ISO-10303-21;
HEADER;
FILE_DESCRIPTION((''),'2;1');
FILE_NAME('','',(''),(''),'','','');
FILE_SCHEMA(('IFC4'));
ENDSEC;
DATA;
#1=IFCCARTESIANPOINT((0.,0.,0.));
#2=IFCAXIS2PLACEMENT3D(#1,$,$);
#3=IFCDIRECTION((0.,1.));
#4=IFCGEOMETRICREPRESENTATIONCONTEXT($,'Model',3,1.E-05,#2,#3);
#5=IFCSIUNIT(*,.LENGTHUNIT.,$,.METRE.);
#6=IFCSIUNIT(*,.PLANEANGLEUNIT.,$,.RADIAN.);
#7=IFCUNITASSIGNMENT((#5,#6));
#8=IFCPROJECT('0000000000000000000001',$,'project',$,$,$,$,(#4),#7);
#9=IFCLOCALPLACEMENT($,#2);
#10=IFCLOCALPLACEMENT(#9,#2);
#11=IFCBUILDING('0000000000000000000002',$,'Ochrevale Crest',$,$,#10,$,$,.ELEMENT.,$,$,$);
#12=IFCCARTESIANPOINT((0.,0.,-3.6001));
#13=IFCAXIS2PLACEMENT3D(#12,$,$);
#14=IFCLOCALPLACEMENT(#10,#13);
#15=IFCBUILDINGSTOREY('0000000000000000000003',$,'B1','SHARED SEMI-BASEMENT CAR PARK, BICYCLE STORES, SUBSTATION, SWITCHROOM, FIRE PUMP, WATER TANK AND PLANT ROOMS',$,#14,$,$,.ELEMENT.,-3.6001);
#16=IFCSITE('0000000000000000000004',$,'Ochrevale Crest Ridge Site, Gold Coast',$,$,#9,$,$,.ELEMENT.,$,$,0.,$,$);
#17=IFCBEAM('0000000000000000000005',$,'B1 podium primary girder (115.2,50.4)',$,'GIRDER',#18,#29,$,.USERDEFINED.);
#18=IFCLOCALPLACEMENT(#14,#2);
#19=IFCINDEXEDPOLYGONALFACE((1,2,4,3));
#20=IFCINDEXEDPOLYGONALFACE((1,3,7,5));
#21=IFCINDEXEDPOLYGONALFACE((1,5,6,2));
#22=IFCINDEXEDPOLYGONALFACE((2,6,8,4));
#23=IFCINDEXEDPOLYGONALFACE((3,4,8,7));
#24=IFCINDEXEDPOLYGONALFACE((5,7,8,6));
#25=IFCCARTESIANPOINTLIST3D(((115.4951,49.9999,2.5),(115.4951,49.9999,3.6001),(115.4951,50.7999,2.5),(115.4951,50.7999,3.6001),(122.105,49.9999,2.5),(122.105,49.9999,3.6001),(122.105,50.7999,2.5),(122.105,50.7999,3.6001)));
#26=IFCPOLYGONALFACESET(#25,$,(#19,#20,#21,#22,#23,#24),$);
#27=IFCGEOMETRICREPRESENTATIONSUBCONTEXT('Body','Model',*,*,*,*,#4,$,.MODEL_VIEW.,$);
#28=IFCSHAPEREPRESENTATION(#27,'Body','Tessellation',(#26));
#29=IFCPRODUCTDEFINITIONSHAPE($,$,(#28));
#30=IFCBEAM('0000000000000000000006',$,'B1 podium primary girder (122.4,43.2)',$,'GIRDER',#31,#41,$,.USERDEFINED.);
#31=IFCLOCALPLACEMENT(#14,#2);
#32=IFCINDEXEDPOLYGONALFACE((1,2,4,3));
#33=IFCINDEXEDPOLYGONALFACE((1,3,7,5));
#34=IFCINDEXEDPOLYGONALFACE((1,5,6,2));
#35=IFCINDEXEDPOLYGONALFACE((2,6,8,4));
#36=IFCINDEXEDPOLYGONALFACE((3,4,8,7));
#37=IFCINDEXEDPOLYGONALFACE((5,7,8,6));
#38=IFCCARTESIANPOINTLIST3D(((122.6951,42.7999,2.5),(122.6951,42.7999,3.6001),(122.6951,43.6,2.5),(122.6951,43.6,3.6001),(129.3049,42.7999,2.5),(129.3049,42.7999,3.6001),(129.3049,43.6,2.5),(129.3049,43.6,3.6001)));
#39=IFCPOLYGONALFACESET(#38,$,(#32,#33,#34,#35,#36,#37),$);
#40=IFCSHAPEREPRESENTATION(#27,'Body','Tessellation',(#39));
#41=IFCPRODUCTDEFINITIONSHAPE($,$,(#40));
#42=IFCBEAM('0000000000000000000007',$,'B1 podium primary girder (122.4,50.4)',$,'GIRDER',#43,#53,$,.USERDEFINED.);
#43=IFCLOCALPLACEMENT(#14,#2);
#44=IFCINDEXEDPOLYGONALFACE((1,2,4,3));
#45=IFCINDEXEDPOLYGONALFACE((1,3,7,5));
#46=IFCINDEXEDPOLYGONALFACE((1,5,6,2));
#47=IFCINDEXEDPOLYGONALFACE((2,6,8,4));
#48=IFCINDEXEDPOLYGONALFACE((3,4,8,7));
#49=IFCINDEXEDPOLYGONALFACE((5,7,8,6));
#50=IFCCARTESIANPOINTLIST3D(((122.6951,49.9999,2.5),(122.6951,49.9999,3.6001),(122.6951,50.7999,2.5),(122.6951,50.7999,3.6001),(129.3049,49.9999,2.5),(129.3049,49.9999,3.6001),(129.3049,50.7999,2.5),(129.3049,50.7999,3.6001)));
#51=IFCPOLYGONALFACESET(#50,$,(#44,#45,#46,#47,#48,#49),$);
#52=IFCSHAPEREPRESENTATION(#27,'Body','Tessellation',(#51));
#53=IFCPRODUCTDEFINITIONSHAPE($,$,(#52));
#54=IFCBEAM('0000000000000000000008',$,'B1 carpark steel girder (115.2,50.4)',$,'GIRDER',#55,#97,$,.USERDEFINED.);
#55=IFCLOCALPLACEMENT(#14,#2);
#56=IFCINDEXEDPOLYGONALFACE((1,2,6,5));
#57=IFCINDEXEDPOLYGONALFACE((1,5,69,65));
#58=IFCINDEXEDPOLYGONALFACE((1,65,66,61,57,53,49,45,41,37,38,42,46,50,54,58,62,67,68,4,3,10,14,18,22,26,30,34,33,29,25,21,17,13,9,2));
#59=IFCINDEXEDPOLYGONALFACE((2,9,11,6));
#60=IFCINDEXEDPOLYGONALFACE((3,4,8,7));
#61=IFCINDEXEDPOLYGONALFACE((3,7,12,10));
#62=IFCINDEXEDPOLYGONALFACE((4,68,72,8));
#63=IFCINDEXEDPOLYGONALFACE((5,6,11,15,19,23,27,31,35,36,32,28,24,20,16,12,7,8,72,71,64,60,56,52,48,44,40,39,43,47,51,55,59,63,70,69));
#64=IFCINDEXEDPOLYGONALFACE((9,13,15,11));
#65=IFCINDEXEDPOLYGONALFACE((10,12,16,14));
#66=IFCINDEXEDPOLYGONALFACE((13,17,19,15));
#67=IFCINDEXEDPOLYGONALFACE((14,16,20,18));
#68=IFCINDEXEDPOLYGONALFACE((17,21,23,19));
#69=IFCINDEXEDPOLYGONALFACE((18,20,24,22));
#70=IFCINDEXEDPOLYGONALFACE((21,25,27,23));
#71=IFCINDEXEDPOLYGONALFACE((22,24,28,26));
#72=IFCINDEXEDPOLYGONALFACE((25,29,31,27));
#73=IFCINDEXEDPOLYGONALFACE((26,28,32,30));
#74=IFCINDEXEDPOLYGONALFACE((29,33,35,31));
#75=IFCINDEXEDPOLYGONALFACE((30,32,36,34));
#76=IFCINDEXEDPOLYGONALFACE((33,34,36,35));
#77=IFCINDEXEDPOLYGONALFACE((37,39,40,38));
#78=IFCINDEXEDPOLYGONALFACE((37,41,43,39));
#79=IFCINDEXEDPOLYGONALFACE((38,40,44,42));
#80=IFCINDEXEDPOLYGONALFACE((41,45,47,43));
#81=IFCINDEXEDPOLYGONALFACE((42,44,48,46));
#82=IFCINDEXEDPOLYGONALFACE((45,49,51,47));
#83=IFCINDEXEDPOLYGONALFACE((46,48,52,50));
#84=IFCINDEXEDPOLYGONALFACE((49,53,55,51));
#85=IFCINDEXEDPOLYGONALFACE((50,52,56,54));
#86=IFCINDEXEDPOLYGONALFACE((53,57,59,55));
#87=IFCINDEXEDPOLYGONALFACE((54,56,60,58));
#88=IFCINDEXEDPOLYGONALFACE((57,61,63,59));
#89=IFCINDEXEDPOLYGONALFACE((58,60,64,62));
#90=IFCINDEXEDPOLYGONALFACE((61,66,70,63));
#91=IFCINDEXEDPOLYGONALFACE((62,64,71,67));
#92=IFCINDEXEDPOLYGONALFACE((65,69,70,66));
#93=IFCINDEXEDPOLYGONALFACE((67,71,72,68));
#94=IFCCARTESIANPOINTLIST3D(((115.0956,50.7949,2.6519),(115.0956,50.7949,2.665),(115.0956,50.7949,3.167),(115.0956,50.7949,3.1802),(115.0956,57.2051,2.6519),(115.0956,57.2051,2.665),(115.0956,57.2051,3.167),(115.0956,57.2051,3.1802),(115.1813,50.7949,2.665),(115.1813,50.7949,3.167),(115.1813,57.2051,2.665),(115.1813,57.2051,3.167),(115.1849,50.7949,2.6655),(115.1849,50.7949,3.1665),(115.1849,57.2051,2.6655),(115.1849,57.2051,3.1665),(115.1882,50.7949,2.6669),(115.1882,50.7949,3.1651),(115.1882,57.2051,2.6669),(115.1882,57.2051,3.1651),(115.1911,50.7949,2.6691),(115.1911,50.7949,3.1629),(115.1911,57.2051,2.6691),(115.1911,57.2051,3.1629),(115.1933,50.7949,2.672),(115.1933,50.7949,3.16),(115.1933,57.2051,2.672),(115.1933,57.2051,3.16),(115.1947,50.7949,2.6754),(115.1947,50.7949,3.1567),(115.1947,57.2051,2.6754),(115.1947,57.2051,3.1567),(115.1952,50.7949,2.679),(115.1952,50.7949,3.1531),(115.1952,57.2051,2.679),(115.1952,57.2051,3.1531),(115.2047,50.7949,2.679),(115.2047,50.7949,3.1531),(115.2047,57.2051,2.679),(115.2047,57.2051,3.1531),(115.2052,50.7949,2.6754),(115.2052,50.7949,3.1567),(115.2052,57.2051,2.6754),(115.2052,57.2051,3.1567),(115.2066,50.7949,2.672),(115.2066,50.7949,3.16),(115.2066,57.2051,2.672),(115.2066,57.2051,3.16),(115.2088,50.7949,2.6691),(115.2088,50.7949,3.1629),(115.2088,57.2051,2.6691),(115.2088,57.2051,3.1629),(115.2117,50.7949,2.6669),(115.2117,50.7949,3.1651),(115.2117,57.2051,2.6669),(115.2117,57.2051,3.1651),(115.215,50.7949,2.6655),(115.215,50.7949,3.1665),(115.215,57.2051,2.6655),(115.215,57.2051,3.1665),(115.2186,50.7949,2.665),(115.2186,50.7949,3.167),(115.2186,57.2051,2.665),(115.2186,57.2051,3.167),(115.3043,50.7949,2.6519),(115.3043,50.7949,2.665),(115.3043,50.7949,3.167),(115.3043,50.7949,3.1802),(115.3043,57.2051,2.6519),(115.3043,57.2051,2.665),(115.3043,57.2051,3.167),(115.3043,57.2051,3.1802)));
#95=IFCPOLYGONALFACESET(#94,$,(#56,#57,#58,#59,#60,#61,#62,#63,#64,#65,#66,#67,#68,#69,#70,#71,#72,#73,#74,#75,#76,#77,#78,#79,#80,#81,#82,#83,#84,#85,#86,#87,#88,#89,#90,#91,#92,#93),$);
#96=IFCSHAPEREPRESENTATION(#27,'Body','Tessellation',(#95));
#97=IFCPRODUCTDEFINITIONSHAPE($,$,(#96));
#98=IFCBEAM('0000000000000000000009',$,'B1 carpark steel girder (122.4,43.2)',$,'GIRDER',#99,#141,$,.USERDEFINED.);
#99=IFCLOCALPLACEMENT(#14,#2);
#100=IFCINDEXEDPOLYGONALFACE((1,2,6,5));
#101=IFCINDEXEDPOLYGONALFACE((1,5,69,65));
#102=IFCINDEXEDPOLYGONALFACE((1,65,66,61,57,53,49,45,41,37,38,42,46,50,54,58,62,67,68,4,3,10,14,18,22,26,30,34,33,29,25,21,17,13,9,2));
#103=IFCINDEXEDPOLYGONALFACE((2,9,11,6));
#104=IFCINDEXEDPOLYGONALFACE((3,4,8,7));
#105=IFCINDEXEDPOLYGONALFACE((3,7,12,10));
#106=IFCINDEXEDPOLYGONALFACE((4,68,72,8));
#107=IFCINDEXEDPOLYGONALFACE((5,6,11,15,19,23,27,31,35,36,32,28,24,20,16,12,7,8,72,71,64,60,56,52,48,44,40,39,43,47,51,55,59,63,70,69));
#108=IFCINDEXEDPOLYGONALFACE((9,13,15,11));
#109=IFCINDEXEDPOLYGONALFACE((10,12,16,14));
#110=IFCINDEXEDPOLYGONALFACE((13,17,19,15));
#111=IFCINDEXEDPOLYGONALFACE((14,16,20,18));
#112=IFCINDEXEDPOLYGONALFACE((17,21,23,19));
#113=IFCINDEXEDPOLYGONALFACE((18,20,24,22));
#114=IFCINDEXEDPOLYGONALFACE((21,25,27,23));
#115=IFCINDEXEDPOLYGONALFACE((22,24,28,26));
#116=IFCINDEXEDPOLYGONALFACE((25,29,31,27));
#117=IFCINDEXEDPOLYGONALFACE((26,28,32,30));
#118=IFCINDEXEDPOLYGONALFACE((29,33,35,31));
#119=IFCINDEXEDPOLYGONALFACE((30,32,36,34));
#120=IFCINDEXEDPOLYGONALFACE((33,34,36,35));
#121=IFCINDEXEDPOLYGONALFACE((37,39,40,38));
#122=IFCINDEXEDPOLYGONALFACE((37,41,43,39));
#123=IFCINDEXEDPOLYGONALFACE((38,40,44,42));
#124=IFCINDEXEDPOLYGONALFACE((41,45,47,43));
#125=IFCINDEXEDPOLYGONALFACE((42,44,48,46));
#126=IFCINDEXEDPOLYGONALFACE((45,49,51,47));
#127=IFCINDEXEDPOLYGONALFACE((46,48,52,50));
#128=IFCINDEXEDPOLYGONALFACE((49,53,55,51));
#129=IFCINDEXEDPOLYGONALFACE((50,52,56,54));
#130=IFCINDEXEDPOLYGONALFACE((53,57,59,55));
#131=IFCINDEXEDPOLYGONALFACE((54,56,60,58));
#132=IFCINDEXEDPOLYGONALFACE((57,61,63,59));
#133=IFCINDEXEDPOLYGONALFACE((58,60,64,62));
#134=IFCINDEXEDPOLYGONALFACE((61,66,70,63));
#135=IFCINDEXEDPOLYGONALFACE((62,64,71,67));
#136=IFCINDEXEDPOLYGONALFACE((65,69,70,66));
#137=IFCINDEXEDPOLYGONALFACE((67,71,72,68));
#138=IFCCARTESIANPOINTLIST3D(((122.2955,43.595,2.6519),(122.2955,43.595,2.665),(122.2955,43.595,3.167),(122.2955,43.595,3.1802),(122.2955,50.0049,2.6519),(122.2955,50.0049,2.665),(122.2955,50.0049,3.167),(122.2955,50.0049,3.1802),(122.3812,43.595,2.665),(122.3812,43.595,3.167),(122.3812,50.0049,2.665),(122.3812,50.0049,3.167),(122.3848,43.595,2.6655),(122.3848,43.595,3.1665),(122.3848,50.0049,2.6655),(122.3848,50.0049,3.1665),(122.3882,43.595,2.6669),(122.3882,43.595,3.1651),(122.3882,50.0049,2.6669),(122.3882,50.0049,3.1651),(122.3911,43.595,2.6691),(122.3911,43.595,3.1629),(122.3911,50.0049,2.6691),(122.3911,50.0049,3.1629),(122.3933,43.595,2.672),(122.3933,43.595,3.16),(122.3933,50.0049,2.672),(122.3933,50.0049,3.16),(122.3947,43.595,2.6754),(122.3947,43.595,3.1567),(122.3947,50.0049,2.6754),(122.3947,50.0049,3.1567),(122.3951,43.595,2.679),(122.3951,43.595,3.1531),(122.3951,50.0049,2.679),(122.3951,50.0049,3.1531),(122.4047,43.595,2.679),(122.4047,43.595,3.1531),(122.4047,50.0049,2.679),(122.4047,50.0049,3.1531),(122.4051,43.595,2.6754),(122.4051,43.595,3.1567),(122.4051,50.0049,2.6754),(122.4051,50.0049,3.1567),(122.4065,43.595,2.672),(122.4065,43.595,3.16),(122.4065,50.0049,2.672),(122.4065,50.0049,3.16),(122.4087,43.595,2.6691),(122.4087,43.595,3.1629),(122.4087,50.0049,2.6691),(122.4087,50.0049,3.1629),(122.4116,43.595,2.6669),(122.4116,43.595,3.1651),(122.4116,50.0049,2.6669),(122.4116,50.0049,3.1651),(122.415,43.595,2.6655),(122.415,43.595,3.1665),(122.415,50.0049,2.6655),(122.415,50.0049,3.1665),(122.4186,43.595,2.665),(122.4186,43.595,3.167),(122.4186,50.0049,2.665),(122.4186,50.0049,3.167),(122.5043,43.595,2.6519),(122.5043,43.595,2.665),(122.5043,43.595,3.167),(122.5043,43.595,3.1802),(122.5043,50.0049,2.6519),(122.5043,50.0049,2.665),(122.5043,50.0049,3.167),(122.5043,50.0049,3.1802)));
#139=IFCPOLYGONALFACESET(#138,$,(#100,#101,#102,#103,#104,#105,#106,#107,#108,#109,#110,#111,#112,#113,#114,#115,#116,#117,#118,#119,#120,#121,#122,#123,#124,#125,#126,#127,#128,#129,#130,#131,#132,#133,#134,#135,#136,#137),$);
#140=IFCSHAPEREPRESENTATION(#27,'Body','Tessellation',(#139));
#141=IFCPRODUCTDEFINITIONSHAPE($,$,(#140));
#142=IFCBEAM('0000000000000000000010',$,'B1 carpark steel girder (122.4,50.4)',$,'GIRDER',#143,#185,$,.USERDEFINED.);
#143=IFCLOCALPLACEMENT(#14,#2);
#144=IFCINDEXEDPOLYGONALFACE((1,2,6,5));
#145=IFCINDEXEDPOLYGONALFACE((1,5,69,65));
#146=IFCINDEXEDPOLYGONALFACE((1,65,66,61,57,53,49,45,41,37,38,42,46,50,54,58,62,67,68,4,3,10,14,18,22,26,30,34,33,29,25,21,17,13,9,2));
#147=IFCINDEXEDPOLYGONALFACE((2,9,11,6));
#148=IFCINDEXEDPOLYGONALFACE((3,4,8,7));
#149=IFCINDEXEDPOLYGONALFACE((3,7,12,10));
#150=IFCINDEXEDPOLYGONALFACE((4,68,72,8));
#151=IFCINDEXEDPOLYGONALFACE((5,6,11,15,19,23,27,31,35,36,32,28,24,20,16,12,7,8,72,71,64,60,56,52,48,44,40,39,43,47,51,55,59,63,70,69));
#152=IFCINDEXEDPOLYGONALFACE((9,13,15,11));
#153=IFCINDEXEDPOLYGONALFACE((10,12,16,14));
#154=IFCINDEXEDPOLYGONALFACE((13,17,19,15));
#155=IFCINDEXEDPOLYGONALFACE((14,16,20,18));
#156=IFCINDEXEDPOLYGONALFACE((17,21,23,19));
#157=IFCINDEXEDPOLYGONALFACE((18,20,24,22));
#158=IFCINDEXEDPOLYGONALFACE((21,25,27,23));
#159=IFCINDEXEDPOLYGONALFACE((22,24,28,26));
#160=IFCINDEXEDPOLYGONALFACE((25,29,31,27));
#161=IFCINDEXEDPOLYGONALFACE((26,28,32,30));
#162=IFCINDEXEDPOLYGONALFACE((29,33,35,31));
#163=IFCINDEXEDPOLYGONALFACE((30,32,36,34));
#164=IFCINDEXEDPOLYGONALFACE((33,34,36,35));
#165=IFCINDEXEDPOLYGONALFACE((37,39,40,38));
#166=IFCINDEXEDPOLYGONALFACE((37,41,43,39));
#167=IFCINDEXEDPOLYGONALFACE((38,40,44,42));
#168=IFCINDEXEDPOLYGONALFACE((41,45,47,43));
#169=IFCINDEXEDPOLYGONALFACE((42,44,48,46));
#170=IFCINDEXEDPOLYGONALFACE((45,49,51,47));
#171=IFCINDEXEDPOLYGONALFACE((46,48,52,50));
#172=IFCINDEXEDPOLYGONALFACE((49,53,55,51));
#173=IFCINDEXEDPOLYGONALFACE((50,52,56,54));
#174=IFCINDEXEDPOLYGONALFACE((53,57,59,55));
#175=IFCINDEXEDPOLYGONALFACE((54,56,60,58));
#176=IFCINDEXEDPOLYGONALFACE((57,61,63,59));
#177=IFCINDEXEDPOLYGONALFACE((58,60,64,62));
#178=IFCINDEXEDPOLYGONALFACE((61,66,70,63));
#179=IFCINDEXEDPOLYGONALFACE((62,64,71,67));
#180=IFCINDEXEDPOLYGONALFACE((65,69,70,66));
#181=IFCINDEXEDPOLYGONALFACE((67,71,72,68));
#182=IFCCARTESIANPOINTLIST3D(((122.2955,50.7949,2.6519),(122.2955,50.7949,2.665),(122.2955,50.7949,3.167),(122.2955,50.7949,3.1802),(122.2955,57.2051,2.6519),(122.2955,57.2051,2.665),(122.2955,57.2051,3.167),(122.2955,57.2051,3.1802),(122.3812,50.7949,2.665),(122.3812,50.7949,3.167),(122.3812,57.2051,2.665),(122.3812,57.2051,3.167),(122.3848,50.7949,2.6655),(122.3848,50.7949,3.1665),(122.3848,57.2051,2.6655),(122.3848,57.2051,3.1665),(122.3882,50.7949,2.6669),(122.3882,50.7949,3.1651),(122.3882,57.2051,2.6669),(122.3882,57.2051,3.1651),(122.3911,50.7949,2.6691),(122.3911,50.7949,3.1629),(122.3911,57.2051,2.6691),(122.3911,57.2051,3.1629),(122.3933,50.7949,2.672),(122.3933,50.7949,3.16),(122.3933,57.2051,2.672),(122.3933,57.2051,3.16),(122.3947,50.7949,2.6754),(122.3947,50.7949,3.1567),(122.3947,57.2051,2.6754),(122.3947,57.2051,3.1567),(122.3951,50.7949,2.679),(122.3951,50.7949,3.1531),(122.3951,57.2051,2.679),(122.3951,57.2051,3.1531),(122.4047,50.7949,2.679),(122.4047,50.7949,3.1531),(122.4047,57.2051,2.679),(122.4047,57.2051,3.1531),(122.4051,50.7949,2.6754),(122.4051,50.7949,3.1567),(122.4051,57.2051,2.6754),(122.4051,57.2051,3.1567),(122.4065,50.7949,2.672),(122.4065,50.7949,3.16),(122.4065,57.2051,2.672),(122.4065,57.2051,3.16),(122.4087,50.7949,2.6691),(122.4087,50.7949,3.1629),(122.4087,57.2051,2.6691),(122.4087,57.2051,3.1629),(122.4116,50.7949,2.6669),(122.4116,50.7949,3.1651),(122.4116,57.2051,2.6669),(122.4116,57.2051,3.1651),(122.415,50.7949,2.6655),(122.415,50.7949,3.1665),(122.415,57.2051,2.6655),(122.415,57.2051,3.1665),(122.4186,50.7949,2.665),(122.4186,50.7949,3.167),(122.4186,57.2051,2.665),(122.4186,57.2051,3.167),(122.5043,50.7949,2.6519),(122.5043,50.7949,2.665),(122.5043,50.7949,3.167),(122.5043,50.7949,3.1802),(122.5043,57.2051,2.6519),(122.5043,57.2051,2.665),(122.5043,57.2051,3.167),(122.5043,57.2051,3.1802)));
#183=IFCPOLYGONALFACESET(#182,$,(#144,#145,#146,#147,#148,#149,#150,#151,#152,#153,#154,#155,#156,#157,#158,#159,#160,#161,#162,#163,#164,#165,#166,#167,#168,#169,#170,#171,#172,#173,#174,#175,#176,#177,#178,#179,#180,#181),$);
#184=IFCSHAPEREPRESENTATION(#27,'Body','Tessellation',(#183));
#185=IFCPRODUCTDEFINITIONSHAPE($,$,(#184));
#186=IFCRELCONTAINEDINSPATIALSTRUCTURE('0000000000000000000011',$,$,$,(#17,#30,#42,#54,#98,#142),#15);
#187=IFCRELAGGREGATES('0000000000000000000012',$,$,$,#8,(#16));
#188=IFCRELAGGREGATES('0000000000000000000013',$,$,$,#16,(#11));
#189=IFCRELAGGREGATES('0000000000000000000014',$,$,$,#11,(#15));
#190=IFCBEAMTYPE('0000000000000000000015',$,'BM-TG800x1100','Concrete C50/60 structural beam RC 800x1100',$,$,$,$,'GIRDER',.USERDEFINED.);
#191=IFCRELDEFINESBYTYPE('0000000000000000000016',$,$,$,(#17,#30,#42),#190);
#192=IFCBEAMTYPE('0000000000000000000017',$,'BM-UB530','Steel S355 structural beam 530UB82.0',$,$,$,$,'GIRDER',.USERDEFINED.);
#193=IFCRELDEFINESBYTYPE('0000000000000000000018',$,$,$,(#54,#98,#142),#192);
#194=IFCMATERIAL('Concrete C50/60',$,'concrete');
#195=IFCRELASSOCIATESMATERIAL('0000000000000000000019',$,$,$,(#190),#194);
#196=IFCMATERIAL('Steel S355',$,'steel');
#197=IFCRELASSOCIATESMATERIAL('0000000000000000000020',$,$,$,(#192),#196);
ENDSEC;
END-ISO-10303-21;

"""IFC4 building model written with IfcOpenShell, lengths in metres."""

from ifc_helpers import new_model, si_unit, direction, frame, origin, origin_2d, place, context, subcontext, project, spatial, rectangle, i_section, extrude, material, material_profile, profile_set, type_object, element, save


model = new_model("IFC4")

# Units and contexts
model_context = context("Model", 3, precision=1e-05, world=origin(), true_north=direction((0.0, 1.0)))
body_context = subcontext(model_context, "Body", "Model", "MODEL_VIEW")
ifc_project = project(units=[si_unit("LENGTHUNIT", "METRE"), si_unit("PLANEANGLEUNIT", "RADIAN")], contexts=[model_context])

# Site, building, storey
site_placement = place(None, origin())
site = spatial("IfcSite", under=ifc_project, at=site_placement, Name="Ochrevale Crest Ridge Site, Gold Coast", CompositionType="ELEMENT", RefElevation=0.0)
building_placement = place(site_placement, origin())
building = spatial("IfcBuilding", under=site, at=building_placement, Name="Ochrevale Crest", CompositionType="ELEMENT")
storey_placement = place(building_placement, frame((0.0, 0.0, -3.6001)))
storey = spatial("IfcBuildingStorey", under=building, at=storey_placement, Name="B1", Description="SHARED SEMI-BASEMENT CAR PARK, BICYCLE STORES, SUBSTATION, SWITCHROOM, FIRE PUMP, WATER TANK AND PLANT ROOMS", CompositionType="ELEMENT", Elevation=-3.6001)

# Shared definitions
ifc_material_1 = material(Name="Concrete C50/60", Category="concrete")

# Beams
ifc_material_profile_1 = material_profile(ifc_material_1, rectangle(XDim=0.8, YDim=1.1001, at=origin_2d()), Name="RC 800x1100")
ifc_profile_set_1 = profile_set([ifc_material_profile_1], Name="Concrete C50/60")
beam_type_1 = type_object("IfcBeamType", Name="BM-TG800x1100", Description="Concrete C50/60 structural beam RC 800x1100", ElementType="GIRDER", PredefinedType="USERDEFINED", material=ifc_profile_set_1)
for number, where, z_axis, x_axis, name in (
    (1, (115.4951, 50.3999, 3.05), (1.0, 0.0, 0.0), (0.0, 1.0, 0.0), "B1 podium primary girder (115.2,50.4)"),
    (2, (122.6951, 43.2, 3.05), (1.0, 0.0, 0.0), (0.0, 1.0, 0.0), "B1 podium primary girder (122.4,43.2)"),
    (3, (122.6951, 50.3999, 3.05), (1.0, 0.0, 0.0), (0.0, 1.0, 0.0), "B1 podium primary girder (122.4,50.4)"),
):
    element("IfcBeam", number, at=place(storey_placement, frame(where, z_axis=z_axis, x_axis=x_axis)), inside=storey, type_object=beam_type_1, Name=name, ObjectType="GIRDER", PredefinedType="USERDEFINED", context=body_context, shape_type="SweptSolid", body=[
        extrude(rectangle(XDim=0.8, YDim=1.1001, at=origin_2d()), origin(), (0.0, 0.0, 1.0), 6.6099),
    ])
ifc_material_2 = material(Name="Steel S355", Category="steel")
ifc_material_profile_2 = material_profile(ifc_material_2, i_section(OverallWidth=0.2087, OverallDepth=0.5283, WebThickness=0.0095, FlangeThickness=0.0132, FilletRadius=0.0139, at=origin_2d()), Name="530UB82.0")
ifc_profile_set_2 = profile_set([ifc_material_profile_2], Name="Steel S355")
beam_type_2 = type_object("IfcBeamType", Name="BM-UB530", Description="Steel S355 structural beam 530UB82.0", ElementType="GIRDER", PredefinedType="USERDEFINED", material=ifc_profile_set_2)
beam_1_placement = place(storey_placement, frame((115.2, 50.7949, 2.916), z_axis=(0.0, 1.0, 0.0), x_axis=(-1.0, 0.0, 0.0)))
element("IfcBeam", 4, at=beam_1_placement, inside=storey, type_object=beam_type_2, Name="B1 carpark steel girder (115.2,50.4)", ObjectType="GIRDER", PredefinedType="USERDEFINED", context=body_context, shape_type="SweptSolid", body=[
    extrude(i_section(OverallWidth=0.2087, OverallDepth=0.5283, WebThickness=0.0095, FlangeThickness=0.0132, FilletRadius=0.0139, at=origin_2d()), origin(), (0.0, 0.0, 1.0), 6.4102),
])
beam_2_placement = place(storey_placement, frame((122.3999, 43.595, 2.916), z_axis=(0.0, 1.0, 0.0), x_axis=(-1.0, 0.0, 0.0)))
element("IfcBeam", 5, at=beam_2_placement, inside=storey, type_object=beam_type_2, Name="B1 carpark steel girder (122.4,43.2)", ObjectType="GIRDER", PredefinedType="USERDEFINED", context=body_context, shape_type="SweptSolid", body=[
    extrude(i_section(OverallWidth=0.2087, OverallDepth=0.5283, WebThickness=0.0095, FlangeThickness=0.0132, FilletRadius=0.0139, at=origin_2d()), origin(), (0.0, 0.0, 1.0), 6.4099),
])
beam_3_placement = place(storey_placement, frame((122.3999, 50.7949, 2.916), z_axis=(0.0, 1.0, 0.0), x_axis=(-1.0, 0.0, 0.0)))
element("IfcBeam", 6, at=beam_3_placement, inside=storey, type_object=beam_type_2, Name="B1 carpark steel girder (122.4,50.4)", ObjectType="GIRDER", PredefinedType="USERDEFINED", context=body_context, shape_type="SweptSolid", body=[
    extrude(i_section(OverallWidth=0.2087, OverallDepth=0.5283, WebThickness=0.0095, FlangeThickness=0.0132, FilletRadius=0.0139, at=origin_2d()), origin(), (0.0, 0.0, 1.0), 6.4102),
])

save(model, "model.ifc")
